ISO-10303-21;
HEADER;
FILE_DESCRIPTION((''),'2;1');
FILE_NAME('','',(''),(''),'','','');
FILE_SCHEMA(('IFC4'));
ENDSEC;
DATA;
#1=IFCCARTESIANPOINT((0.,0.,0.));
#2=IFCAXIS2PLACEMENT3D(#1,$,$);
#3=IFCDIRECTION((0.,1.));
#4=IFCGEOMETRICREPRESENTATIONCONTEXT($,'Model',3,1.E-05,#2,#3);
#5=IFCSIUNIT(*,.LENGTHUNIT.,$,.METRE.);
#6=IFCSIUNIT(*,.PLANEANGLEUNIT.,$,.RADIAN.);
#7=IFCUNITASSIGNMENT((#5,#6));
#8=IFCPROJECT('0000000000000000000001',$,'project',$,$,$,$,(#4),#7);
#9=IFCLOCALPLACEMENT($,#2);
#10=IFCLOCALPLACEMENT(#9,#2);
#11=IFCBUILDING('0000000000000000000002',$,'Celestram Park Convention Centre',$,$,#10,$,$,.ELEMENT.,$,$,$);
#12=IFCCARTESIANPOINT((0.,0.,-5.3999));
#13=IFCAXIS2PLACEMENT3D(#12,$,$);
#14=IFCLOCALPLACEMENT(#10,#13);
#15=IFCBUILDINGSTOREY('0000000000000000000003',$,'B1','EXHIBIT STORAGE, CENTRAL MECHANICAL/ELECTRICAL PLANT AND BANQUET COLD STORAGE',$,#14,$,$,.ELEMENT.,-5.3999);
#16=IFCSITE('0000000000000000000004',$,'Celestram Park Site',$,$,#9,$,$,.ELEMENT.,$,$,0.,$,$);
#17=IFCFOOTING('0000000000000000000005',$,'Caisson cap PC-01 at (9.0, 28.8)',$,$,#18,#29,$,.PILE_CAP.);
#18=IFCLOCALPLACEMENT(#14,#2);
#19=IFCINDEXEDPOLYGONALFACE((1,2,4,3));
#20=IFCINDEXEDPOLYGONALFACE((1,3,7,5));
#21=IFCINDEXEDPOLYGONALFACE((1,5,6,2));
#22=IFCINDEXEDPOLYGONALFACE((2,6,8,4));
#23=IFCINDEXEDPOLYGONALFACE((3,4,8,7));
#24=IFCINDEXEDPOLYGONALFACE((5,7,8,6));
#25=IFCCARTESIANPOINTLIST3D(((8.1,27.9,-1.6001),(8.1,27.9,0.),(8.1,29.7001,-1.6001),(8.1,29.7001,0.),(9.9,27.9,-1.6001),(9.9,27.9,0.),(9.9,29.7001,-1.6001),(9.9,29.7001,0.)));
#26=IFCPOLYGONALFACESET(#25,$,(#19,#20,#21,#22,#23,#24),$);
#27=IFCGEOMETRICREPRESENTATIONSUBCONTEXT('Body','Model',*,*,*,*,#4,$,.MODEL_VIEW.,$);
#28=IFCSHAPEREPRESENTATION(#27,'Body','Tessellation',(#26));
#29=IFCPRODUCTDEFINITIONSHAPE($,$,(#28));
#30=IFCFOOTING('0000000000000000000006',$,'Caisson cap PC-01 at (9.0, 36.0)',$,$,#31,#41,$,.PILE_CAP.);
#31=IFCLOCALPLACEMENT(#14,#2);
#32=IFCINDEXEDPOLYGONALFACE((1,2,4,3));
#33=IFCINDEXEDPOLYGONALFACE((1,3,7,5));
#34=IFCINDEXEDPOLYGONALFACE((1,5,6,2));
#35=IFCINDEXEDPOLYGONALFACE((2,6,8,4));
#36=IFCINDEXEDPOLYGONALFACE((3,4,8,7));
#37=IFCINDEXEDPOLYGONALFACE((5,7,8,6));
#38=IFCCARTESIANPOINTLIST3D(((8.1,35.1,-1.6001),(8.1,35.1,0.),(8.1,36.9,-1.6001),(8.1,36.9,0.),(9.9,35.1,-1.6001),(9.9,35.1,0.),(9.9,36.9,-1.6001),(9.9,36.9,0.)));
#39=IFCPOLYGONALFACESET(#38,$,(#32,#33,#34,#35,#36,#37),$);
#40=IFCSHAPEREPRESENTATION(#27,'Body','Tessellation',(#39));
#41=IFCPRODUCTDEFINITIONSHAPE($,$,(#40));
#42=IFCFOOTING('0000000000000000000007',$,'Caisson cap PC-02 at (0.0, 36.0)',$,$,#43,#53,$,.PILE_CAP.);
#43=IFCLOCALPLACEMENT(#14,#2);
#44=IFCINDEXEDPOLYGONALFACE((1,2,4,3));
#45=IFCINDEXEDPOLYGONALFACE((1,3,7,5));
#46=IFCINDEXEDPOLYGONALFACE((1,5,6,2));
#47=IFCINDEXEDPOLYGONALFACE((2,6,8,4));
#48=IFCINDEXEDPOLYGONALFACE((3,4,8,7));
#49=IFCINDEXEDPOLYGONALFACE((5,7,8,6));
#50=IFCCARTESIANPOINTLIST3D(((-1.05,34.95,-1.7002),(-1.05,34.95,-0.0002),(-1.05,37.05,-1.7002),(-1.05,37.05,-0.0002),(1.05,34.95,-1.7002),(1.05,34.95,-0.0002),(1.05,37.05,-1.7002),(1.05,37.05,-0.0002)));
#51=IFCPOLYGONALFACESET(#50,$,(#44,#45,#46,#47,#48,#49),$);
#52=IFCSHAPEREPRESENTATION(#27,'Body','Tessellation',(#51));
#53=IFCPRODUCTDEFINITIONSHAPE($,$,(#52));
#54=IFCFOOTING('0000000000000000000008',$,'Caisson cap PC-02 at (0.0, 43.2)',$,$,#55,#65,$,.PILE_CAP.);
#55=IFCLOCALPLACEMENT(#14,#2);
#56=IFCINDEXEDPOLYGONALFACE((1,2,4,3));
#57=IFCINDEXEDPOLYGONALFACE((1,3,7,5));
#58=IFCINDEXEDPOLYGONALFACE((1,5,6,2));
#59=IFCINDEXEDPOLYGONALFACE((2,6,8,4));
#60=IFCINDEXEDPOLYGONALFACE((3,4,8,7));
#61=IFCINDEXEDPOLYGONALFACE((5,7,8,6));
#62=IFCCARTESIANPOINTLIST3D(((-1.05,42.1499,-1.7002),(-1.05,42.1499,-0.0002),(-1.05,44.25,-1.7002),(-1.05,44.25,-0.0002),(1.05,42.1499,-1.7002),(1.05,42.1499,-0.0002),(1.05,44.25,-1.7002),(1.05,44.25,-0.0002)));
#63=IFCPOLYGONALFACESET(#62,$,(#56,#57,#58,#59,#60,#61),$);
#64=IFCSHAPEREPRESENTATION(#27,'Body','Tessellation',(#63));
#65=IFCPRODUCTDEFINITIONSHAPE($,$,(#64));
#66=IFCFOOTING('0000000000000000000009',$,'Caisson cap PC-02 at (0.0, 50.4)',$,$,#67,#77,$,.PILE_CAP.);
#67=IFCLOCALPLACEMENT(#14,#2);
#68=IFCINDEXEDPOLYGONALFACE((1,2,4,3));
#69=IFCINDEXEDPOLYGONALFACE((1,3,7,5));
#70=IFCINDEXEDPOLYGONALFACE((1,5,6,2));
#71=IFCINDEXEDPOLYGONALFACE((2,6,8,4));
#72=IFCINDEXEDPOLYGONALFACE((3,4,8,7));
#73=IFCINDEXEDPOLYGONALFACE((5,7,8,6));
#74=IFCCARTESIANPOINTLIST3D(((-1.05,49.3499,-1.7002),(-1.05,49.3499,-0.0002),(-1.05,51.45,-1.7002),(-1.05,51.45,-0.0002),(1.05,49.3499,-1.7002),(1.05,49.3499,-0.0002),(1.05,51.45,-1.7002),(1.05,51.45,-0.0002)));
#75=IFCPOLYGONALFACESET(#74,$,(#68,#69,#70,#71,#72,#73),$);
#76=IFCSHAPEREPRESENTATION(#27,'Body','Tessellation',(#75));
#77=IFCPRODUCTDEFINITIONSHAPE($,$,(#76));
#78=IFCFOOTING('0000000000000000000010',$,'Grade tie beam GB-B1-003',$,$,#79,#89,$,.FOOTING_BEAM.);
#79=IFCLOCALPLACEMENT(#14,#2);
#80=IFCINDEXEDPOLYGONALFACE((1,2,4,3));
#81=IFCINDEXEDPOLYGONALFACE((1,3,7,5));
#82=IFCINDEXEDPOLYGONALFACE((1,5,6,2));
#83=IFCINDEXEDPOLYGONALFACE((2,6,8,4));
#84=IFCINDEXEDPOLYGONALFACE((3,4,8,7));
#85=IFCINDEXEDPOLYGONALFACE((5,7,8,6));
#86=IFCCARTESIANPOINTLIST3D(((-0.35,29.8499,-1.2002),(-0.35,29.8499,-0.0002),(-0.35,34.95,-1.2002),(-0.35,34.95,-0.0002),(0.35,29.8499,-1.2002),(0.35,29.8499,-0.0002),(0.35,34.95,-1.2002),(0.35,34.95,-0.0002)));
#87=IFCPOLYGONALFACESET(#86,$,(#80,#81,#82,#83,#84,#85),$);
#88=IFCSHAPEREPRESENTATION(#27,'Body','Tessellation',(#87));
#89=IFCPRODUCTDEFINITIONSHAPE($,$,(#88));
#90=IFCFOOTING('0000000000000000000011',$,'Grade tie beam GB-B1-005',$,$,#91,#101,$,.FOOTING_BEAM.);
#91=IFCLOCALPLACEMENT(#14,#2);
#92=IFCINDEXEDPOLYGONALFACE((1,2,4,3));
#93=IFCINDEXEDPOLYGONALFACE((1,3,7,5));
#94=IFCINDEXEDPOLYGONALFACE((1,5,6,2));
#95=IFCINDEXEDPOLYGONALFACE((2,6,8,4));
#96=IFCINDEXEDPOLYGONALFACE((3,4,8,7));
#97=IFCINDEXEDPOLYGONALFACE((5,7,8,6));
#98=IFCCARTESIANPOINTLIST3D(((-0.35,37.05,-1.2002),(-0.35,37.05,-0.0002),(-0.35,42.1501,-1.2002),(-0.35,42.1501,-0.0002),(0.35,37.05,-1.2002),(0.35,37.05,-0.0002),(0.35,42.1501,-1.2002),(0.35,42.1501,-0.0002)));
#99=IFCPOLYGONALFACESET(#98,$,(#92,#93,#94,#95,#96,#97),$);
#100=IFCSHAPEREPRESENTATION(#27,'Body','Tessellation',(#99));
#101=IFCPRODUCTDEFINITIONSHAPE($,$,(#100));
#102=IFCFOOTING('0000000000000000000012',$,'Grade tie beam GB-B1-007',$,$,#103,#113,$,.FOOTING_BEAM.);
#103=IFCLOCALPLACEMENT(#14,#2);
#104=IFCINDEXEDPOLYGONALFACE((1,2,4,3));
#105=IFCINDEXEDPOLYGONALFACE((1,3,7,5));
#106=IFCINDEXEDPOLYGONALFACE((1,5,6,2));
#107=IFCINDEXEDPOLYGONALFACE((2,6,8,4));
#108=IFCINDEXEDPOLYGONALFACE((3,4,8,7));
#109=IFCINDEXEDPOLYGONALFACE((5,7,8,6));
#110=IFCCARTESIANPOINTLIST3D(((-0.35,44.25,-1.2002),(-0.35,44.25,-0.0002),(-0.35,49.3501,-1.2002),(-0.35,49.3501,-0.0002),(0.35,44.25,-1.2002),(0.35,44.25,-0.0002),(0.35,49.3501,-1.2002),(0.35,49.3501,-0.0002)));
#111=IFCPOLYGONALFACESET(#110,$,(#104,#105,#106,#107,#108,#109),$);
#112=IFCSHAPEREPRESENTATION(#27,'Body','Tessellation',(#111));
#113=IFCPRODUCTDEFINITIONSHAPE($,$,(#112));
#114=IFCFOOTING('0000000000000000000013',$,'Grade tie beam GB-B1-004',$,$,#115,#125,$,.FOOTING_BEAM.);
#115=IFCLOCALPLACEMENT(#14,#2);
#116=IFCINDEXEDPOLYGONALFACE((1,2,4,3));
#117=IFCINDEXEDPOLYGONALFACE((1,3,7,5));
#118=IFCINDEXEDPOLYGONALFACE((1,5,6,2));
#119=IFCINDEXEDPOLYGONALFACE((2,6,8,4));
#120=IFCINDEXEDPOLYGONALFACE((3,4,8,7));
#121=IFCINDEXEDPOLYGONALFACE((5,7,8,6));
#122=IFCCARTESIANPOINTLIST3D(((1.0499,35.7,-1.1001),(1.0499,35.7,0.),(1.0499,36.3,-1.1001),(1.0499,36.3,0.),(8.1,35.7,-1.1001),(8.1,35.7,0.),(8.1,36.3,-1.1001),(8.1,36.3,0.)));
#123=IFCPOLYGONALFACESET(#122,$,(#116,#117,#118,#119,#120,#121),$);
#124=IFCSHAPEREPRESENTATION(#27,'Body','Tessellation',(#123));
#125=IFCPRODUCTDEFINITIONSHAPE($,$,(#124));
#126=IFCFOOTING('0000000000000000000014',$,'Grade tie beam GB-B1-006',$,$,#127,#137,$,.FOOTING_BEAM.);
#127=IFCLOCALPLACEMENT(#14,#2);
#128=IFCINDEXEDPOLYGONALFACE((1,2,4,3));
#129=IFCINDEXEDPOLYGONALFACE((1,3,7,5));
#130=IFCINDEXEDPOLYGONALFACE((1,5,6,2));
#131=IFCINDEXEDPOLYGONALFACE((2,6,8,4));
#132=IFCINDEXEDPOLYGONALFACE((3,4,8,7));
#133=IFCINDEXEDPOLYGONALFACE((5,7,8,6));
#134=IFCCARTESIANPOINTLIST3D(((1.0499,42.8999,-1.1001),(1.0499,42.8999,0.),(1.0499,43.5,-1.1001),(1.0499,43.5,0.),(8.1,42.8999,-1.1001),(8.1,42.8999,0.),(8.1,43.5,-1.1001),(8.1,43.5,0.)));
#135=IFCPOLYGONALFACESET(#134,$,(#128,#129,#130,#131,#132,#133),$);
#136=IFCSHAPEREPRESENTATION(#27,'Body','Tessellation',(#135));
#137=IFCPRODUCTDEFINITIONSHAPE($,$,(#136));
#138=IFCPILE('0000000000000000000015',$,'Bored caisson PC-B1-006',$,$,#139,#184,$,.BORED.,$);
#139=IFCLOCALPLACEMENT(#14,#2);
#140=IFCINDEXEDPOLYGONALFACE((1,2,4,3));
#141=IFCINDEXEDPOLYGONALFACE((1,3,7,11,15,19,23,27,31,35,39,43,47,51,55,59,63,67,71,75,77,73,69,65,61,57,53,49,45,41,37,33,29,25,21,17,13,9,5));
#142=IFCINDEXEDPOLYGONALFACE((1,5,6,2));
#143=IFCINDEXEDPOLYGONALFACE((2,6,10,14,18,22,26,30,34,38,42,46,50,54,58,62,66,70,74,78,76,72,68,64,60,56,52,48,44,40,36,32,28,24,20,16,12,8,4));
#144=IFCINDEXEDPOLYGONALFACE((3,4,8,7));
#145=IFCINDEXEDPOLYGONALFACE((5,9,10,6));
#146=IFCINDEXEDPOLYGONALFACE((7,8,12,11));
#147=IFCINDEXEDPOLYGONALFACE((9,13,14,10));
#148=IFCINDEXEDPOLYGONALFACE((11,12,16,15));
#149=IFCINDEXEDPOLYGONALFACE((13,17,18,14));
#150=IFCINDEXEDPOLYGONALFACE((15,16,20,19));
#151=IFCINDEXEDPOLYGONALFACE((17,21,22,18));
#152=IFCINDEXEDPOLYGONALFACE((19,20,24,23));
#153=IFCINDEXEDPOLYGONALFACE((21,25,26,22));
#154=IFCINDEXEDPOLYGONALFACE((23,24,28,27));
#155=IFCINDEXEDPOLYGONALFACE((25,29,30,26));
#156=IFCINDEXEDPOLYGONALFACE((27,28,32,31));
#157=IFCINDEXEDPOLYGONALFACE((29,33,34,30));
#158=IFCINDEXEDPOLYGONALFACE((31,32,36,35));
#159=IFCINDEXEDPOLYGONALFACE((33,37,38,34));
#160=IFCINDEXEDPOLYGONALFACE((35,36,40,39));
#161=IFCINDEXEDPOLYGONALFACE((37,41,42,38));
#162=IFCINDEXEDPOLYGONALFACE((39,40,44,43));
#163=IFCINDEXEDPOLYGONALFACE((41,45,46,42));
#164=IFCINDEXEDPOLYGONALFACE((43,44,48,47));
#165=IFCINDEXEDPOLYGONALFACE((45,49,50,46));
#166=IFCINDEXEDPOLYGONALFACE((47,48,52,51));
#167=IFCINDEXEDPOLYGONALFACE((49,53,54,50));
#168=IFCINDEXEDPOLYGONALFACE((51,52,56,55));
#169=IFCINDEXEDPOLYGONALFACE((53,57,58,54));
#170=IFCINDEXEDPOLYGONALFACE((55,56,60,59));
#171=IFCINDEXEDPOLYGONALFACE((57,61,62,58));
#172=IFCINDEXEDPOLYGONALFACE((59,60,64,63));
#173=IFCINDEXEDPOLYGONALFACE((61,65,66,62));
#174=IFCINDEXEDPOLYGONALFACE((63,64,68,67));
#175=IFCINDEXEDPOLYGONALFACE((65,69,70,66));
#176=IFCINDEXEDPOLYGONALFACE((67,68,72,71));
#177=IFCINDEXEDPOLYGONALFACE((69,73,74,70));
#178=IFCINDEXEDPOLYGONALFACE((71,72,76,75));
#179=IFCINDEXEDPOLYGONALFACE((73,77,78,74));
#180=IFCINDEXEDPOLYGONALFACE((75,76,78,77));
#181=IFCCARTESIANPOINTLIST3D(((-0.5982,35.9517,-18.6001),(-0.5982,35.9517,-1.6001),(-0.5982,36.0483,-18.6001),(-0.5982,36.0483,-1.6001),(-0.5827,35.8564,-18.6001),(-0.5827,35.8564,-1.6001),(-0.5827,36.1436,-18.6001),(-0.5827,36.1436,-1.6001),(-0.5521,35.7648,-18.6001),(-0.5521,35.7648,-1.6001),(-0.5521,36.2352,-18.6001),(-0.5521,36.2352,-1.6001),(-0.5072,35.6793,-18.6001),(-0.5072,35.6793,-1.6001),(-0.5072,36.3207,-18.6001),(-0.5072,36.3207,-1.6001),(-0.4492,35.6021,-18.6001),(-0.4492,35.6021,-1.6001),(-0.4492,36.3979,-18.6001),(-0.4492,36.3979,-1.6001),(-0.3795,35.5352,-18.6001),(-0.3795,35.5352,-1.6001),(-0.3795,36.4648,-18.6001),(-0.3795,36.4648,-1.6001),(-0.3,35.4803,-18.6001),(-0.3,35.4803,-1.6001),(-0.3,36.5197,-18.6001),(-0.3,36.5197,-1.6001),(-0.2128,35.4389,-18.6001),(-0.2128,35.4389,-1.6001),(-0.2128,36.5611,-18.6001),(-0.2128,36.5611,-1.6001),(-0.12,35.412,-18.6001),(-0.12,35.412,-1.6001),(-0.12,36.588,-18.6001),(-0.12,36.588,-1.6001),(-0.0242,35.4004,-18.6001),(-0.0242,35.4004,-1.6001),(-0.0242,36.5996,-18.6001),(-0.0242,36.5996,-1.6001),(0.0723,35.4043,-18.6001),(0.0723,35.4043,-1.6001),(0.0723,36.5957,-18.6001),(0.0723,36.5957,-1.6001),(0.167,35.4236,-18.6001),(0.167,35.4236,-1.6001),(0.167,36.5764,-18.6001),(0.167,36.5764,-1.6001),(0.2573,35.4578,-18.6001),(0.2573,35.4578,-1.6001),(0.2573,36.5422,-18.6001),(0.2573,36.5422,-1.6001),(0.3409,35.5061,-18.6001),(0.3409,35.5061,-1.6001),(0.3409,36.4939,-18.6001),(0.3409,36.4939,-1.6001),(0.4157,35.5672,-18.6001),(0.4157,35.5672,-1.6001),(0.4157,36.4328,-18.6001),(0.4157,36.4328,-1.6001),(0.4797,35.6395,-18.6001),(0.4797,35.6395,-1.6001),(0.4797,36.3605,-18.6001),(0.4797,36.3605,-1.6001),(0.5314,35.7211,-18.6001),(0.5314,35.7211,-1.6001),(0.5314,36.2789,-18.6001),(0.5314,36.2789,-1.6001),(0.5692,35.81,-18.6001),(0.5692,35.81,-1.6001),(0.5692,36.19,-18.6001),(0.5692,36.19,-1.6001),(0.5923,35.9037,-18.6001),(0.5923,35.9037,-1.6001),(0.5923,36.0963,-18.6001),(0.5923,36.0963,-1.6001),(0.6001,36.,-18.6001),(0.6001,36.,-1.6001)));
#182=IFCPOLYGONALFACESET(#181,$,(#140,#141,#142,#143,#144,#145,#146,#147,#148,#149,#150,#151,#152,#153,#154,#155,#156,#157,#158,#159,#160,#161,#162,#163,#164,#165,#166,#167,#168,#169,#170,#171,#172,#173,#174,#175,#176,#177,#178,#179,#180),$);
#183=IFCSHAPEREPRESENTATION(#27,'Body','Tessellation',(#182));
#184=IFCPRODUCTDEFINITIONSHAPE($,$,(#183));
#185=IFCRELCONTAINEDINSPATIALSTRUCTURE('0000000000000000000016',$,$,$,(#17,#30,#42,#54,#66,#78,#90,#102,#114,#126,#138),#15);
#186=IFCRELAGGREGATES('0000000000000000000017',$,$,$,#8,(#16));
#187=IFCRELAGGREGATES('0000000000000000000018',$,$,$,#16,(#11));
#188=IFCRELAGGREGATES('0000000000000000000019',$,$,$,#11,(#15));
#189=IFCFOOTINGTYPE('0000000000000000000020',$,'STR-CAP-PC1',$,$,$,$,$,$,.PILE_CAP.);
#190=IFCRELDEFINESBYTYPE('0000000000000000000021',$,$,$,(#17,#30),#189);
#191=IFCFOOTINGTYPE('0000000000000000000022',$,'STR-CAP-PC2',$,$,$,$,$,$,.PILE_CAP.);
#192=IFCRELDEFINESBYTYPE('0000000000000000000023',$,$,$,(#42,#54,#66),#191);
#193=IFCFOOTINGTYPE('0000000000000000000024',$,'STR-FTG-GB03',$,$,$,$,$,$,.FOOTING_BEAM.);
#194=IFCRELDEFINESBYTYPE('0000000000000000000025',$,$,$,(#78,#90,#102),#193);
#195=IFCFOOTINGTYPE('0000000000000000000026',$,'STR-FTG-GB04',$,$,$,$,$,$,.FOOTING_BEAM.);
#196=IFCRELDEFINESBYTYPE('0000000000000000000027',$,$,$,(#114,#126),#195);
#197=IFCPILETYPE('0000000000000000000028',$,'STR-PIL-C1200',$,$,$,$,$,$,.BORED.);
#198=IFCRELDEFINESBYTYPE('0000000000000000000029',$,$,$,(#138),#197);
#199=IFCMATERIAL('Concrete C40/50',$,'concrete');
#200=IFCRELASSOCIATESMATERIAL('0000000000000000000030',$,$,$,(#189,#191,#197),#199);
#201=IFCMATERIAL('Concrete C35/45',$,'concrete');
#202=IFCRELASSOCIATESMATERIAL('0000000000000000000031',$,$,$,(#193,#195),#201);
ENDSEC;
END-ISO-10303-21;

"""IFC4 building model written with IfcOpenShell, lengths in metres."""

from ifc_helpers import new_model, si_unit, direction, frame, origin, origin_2d, place, context, subcontext, project, spatial, rectangle, circle, extrude, material, material_profile, profile_set, type_object, element, save


model = new_model("IFC4")

# Units and contexts
model_context = context("Model", 3, precision=1e-05, world=origin(), true_north=direction((0.0, 1.0)))
body_context = subcontext(model_context, "Body", "Model", "MODEL_VIEW")
ifc_project = project(units=[si_unit("LENGTHUNIT", "METRE"), si_unit("PLANEANGLEUNIT", "RADIAN")], contexts=[model_context])

# Site, building, storey
site_placement = place(None, origin())
site = spatial("IfcSite", under=ifc_project, at=site_placement, Name="Celestram Park Site", CompositionType="ELEMENT", RefElevation=0.0)
building_placement = place(site_placement, origin())
building = spatial("IfcBuilding", under=site, at=building_placement, Name="Celestram Park Convention Centre", CompositionType="ELEMENT")
storey_placement = place(building_placement, frame((0.0, 0.0, -5.3999)))
storey = spatial("IfcBuildingStorey", under=building, at=storey_placement, Name="B1", Description="EXHIBIT STORAGE, CENTRAL MECHANICAL/ELECTRICAL PLANT AND BANQUET COLD STORAGE", CompositionType="ELEMENT", Elevation=-5.3999)

# Footings
ifc_material_1 = material(Name="Concrete C40/50", Category="concrete")
footing_type_1 = type_object("IfcFootingType", Name="STR-CAP-PC1", PredefinedType="PILE_CAP", material=ifc_material_1)
for number, where, z_axis, x_axis, name in (
    (1, (9.0, 28.8, -1.6001), (0.0, 0.0, 1.0), (1.0, 0.0, 0.0), "Caisson cap PC-01 at (9.0, 28.8)"),
    (2, (9.0, 36.0, -1.6001), (0.0, 0.0, 1.0), (1.0, 0.0, 0.0), "Caisson cap PC-01 at (9.0, 36.0)"),
):
    element("IfcFooting", number, at=place(storey_placement, frame(where, z_axis=z_axis, x_axis=x_axis)), inside=storey, type_object=footing_type_1, Name=name, PredefinedType="PILE_CAP", context=body_context, shape_type="SweptSolid", body=[
        extrude(rectangle(XDim=1.8, YDim=1.8, at=origin_2d()), origin(), (0.0, 0.0, 1.0), 1.6001),
    ])
footing_type_2 = type_object("IfcFootingType", Name="STR-CAP-PC2", PredefinedType="PILE_CAP", material=ifc_material_1)
for number, where, z_axis, x_axis, name in (
    (3, (0.0, 36.0, -1.7002), (0.0, 0.0, 1.0), (1.0, 0.0, 0.0), "Caisson cap PC-02 at (0.0, 36.0)"),
    (4, (0.0, 43.2, -1.7002), (0.0, 0.0, 1.0), (1.0, 0.0, 0.0), "Caisson cap PC-02 at (0.0, 43.2)"),
    (5, (0.0, 50.3999, -1.7002), (0.0, 0.0, 1.0), (1.0, 0.0, 0.0), "Caisson cap PC-02 at (0.0, 50.4)"),
):
    element("IfcFooting", number, at=place(storey_placement, frame(where, z_axis=z_axis, x_axis=x_axis)), inside=storey, type_object=footing_type_2, Name=name, PredefinedType="PILE_CAP", context=body_context, shape_type="SweptSolid", body=[
        extrude(rectangle(XDim=2.1001, YDim=2.1001, at=origin_2d()), origin(), (0.0, 0.0, 1.0), 1.7),
    ])
ifc_material_2 = material(Name="Concrete C35/45", Category="concrete")
footing_type_3 = type_object("IfcFootingType", Name="STR-FTG-GB03", PredefinedType="FOOTING_BEAM", material=ifc_material_2)
for number, where, z_axis, x_axis, name in (
    (6, (0.0, 32.3999, -1.2002), (0.0, 0.0, 1.0), (0.0, 1.0, 0.0), "Grade tie beam GB-B1-003"),
    (7, (0.0, 39.6001, -1.2002), (0.0, 0.0, 1.0), (0.0, 1.0, 0.0), "Grade tie beam GB-B1-005"),
    (8, (0.0, 46.8, -1.2002), (0.0, 0.0, 1.0), (0.0, 1.0, 0.0), "Grade tie beam GB-B1-007"),
):
    element("IfcFooting", number, at=place(storey_placement, frame(where, z_axis=z_axis, x_axis=x_axis)), inside=storey, type_object=footing_type_3, Name=name, PredefinedType="FOOTING_BEAM", context=body_context, shape_type="SweptSolid", body=[
        extrude(rectangle(XDim=5.1001, YDim=0.7, at=origin_2d()), origin(), (0.0, 0.0, 1.0), 1.2),
    ])
footing_type_4 = type_object("IfcFootingType", Name="STR-FTG-GB04", PredefinedType="FOOTING_BEAM", material=ifc_material_2)
for number, where, z_axis, x_axis, name in (
    (9, (4.575, 36.0, -1.1001), (0.0, 0.0, 1.0), (1.0, 0.0, 0.0), "Grade tie beam GB-B1-004"),
    (10, (4.575, 43.2, -1.1001), (0.0, 0.0, 1.0), (1.0, 0.0, 0.0), "Grade tie beam GB-B1-006"),
):
    element("IfcFooting", number, at=place(storey_placement, frame(where, z_axis=z_axis, x_axis=x_axis)), inside=storey, type_object=footing_type_4, Name=name, PredefinedType="FOOTING_BEAM", context=body_context, shape_type="SweptSolid", body=[
        extrude(rectangle(XDim=7.05, YDim=0.6001, at=origin_2d()), origin(), (0.0, 0.0, 1.0), 1.1001),
    ])

# Pile
ifc_material_profile_1 = material_profile(ifc_material_1, circle(Radius=0.6001, at=origin_2d()), Name="CAISSON1200")
ifc_profile_set_1 = profile_set([ifc_material_profile_1], Name="Concrete C40/50")
pile_type_1 = type_object("IfcPileType", Name="STR-PIL-C1200", PredefinedType="BORED", material=ifc_profile_set_1)
for number, where, z_axis, x_axis, name in (
    (11, (0.0, 36.0, -1.6001), (0.0, 0.0, -1.0), (1.0, 0.0, 0.0), "Bored caisson PC-B1-006"),
):
    element("IfcPile", number, at=place(storey_placement, frame(where, z_axis=z_axis, x_axis=x_axis)), inside=storey, type_object=pile_type_1, Name=name, PredefinedType="BORED", context=body_context, shape_type="SweptSolid", body=[
        extrude(circle(Radius=0.6001, at=origin_2d()), origin(), (0.0, 0.0, 1.0), 17.0),
    ])

save(model, "model.ifc")
